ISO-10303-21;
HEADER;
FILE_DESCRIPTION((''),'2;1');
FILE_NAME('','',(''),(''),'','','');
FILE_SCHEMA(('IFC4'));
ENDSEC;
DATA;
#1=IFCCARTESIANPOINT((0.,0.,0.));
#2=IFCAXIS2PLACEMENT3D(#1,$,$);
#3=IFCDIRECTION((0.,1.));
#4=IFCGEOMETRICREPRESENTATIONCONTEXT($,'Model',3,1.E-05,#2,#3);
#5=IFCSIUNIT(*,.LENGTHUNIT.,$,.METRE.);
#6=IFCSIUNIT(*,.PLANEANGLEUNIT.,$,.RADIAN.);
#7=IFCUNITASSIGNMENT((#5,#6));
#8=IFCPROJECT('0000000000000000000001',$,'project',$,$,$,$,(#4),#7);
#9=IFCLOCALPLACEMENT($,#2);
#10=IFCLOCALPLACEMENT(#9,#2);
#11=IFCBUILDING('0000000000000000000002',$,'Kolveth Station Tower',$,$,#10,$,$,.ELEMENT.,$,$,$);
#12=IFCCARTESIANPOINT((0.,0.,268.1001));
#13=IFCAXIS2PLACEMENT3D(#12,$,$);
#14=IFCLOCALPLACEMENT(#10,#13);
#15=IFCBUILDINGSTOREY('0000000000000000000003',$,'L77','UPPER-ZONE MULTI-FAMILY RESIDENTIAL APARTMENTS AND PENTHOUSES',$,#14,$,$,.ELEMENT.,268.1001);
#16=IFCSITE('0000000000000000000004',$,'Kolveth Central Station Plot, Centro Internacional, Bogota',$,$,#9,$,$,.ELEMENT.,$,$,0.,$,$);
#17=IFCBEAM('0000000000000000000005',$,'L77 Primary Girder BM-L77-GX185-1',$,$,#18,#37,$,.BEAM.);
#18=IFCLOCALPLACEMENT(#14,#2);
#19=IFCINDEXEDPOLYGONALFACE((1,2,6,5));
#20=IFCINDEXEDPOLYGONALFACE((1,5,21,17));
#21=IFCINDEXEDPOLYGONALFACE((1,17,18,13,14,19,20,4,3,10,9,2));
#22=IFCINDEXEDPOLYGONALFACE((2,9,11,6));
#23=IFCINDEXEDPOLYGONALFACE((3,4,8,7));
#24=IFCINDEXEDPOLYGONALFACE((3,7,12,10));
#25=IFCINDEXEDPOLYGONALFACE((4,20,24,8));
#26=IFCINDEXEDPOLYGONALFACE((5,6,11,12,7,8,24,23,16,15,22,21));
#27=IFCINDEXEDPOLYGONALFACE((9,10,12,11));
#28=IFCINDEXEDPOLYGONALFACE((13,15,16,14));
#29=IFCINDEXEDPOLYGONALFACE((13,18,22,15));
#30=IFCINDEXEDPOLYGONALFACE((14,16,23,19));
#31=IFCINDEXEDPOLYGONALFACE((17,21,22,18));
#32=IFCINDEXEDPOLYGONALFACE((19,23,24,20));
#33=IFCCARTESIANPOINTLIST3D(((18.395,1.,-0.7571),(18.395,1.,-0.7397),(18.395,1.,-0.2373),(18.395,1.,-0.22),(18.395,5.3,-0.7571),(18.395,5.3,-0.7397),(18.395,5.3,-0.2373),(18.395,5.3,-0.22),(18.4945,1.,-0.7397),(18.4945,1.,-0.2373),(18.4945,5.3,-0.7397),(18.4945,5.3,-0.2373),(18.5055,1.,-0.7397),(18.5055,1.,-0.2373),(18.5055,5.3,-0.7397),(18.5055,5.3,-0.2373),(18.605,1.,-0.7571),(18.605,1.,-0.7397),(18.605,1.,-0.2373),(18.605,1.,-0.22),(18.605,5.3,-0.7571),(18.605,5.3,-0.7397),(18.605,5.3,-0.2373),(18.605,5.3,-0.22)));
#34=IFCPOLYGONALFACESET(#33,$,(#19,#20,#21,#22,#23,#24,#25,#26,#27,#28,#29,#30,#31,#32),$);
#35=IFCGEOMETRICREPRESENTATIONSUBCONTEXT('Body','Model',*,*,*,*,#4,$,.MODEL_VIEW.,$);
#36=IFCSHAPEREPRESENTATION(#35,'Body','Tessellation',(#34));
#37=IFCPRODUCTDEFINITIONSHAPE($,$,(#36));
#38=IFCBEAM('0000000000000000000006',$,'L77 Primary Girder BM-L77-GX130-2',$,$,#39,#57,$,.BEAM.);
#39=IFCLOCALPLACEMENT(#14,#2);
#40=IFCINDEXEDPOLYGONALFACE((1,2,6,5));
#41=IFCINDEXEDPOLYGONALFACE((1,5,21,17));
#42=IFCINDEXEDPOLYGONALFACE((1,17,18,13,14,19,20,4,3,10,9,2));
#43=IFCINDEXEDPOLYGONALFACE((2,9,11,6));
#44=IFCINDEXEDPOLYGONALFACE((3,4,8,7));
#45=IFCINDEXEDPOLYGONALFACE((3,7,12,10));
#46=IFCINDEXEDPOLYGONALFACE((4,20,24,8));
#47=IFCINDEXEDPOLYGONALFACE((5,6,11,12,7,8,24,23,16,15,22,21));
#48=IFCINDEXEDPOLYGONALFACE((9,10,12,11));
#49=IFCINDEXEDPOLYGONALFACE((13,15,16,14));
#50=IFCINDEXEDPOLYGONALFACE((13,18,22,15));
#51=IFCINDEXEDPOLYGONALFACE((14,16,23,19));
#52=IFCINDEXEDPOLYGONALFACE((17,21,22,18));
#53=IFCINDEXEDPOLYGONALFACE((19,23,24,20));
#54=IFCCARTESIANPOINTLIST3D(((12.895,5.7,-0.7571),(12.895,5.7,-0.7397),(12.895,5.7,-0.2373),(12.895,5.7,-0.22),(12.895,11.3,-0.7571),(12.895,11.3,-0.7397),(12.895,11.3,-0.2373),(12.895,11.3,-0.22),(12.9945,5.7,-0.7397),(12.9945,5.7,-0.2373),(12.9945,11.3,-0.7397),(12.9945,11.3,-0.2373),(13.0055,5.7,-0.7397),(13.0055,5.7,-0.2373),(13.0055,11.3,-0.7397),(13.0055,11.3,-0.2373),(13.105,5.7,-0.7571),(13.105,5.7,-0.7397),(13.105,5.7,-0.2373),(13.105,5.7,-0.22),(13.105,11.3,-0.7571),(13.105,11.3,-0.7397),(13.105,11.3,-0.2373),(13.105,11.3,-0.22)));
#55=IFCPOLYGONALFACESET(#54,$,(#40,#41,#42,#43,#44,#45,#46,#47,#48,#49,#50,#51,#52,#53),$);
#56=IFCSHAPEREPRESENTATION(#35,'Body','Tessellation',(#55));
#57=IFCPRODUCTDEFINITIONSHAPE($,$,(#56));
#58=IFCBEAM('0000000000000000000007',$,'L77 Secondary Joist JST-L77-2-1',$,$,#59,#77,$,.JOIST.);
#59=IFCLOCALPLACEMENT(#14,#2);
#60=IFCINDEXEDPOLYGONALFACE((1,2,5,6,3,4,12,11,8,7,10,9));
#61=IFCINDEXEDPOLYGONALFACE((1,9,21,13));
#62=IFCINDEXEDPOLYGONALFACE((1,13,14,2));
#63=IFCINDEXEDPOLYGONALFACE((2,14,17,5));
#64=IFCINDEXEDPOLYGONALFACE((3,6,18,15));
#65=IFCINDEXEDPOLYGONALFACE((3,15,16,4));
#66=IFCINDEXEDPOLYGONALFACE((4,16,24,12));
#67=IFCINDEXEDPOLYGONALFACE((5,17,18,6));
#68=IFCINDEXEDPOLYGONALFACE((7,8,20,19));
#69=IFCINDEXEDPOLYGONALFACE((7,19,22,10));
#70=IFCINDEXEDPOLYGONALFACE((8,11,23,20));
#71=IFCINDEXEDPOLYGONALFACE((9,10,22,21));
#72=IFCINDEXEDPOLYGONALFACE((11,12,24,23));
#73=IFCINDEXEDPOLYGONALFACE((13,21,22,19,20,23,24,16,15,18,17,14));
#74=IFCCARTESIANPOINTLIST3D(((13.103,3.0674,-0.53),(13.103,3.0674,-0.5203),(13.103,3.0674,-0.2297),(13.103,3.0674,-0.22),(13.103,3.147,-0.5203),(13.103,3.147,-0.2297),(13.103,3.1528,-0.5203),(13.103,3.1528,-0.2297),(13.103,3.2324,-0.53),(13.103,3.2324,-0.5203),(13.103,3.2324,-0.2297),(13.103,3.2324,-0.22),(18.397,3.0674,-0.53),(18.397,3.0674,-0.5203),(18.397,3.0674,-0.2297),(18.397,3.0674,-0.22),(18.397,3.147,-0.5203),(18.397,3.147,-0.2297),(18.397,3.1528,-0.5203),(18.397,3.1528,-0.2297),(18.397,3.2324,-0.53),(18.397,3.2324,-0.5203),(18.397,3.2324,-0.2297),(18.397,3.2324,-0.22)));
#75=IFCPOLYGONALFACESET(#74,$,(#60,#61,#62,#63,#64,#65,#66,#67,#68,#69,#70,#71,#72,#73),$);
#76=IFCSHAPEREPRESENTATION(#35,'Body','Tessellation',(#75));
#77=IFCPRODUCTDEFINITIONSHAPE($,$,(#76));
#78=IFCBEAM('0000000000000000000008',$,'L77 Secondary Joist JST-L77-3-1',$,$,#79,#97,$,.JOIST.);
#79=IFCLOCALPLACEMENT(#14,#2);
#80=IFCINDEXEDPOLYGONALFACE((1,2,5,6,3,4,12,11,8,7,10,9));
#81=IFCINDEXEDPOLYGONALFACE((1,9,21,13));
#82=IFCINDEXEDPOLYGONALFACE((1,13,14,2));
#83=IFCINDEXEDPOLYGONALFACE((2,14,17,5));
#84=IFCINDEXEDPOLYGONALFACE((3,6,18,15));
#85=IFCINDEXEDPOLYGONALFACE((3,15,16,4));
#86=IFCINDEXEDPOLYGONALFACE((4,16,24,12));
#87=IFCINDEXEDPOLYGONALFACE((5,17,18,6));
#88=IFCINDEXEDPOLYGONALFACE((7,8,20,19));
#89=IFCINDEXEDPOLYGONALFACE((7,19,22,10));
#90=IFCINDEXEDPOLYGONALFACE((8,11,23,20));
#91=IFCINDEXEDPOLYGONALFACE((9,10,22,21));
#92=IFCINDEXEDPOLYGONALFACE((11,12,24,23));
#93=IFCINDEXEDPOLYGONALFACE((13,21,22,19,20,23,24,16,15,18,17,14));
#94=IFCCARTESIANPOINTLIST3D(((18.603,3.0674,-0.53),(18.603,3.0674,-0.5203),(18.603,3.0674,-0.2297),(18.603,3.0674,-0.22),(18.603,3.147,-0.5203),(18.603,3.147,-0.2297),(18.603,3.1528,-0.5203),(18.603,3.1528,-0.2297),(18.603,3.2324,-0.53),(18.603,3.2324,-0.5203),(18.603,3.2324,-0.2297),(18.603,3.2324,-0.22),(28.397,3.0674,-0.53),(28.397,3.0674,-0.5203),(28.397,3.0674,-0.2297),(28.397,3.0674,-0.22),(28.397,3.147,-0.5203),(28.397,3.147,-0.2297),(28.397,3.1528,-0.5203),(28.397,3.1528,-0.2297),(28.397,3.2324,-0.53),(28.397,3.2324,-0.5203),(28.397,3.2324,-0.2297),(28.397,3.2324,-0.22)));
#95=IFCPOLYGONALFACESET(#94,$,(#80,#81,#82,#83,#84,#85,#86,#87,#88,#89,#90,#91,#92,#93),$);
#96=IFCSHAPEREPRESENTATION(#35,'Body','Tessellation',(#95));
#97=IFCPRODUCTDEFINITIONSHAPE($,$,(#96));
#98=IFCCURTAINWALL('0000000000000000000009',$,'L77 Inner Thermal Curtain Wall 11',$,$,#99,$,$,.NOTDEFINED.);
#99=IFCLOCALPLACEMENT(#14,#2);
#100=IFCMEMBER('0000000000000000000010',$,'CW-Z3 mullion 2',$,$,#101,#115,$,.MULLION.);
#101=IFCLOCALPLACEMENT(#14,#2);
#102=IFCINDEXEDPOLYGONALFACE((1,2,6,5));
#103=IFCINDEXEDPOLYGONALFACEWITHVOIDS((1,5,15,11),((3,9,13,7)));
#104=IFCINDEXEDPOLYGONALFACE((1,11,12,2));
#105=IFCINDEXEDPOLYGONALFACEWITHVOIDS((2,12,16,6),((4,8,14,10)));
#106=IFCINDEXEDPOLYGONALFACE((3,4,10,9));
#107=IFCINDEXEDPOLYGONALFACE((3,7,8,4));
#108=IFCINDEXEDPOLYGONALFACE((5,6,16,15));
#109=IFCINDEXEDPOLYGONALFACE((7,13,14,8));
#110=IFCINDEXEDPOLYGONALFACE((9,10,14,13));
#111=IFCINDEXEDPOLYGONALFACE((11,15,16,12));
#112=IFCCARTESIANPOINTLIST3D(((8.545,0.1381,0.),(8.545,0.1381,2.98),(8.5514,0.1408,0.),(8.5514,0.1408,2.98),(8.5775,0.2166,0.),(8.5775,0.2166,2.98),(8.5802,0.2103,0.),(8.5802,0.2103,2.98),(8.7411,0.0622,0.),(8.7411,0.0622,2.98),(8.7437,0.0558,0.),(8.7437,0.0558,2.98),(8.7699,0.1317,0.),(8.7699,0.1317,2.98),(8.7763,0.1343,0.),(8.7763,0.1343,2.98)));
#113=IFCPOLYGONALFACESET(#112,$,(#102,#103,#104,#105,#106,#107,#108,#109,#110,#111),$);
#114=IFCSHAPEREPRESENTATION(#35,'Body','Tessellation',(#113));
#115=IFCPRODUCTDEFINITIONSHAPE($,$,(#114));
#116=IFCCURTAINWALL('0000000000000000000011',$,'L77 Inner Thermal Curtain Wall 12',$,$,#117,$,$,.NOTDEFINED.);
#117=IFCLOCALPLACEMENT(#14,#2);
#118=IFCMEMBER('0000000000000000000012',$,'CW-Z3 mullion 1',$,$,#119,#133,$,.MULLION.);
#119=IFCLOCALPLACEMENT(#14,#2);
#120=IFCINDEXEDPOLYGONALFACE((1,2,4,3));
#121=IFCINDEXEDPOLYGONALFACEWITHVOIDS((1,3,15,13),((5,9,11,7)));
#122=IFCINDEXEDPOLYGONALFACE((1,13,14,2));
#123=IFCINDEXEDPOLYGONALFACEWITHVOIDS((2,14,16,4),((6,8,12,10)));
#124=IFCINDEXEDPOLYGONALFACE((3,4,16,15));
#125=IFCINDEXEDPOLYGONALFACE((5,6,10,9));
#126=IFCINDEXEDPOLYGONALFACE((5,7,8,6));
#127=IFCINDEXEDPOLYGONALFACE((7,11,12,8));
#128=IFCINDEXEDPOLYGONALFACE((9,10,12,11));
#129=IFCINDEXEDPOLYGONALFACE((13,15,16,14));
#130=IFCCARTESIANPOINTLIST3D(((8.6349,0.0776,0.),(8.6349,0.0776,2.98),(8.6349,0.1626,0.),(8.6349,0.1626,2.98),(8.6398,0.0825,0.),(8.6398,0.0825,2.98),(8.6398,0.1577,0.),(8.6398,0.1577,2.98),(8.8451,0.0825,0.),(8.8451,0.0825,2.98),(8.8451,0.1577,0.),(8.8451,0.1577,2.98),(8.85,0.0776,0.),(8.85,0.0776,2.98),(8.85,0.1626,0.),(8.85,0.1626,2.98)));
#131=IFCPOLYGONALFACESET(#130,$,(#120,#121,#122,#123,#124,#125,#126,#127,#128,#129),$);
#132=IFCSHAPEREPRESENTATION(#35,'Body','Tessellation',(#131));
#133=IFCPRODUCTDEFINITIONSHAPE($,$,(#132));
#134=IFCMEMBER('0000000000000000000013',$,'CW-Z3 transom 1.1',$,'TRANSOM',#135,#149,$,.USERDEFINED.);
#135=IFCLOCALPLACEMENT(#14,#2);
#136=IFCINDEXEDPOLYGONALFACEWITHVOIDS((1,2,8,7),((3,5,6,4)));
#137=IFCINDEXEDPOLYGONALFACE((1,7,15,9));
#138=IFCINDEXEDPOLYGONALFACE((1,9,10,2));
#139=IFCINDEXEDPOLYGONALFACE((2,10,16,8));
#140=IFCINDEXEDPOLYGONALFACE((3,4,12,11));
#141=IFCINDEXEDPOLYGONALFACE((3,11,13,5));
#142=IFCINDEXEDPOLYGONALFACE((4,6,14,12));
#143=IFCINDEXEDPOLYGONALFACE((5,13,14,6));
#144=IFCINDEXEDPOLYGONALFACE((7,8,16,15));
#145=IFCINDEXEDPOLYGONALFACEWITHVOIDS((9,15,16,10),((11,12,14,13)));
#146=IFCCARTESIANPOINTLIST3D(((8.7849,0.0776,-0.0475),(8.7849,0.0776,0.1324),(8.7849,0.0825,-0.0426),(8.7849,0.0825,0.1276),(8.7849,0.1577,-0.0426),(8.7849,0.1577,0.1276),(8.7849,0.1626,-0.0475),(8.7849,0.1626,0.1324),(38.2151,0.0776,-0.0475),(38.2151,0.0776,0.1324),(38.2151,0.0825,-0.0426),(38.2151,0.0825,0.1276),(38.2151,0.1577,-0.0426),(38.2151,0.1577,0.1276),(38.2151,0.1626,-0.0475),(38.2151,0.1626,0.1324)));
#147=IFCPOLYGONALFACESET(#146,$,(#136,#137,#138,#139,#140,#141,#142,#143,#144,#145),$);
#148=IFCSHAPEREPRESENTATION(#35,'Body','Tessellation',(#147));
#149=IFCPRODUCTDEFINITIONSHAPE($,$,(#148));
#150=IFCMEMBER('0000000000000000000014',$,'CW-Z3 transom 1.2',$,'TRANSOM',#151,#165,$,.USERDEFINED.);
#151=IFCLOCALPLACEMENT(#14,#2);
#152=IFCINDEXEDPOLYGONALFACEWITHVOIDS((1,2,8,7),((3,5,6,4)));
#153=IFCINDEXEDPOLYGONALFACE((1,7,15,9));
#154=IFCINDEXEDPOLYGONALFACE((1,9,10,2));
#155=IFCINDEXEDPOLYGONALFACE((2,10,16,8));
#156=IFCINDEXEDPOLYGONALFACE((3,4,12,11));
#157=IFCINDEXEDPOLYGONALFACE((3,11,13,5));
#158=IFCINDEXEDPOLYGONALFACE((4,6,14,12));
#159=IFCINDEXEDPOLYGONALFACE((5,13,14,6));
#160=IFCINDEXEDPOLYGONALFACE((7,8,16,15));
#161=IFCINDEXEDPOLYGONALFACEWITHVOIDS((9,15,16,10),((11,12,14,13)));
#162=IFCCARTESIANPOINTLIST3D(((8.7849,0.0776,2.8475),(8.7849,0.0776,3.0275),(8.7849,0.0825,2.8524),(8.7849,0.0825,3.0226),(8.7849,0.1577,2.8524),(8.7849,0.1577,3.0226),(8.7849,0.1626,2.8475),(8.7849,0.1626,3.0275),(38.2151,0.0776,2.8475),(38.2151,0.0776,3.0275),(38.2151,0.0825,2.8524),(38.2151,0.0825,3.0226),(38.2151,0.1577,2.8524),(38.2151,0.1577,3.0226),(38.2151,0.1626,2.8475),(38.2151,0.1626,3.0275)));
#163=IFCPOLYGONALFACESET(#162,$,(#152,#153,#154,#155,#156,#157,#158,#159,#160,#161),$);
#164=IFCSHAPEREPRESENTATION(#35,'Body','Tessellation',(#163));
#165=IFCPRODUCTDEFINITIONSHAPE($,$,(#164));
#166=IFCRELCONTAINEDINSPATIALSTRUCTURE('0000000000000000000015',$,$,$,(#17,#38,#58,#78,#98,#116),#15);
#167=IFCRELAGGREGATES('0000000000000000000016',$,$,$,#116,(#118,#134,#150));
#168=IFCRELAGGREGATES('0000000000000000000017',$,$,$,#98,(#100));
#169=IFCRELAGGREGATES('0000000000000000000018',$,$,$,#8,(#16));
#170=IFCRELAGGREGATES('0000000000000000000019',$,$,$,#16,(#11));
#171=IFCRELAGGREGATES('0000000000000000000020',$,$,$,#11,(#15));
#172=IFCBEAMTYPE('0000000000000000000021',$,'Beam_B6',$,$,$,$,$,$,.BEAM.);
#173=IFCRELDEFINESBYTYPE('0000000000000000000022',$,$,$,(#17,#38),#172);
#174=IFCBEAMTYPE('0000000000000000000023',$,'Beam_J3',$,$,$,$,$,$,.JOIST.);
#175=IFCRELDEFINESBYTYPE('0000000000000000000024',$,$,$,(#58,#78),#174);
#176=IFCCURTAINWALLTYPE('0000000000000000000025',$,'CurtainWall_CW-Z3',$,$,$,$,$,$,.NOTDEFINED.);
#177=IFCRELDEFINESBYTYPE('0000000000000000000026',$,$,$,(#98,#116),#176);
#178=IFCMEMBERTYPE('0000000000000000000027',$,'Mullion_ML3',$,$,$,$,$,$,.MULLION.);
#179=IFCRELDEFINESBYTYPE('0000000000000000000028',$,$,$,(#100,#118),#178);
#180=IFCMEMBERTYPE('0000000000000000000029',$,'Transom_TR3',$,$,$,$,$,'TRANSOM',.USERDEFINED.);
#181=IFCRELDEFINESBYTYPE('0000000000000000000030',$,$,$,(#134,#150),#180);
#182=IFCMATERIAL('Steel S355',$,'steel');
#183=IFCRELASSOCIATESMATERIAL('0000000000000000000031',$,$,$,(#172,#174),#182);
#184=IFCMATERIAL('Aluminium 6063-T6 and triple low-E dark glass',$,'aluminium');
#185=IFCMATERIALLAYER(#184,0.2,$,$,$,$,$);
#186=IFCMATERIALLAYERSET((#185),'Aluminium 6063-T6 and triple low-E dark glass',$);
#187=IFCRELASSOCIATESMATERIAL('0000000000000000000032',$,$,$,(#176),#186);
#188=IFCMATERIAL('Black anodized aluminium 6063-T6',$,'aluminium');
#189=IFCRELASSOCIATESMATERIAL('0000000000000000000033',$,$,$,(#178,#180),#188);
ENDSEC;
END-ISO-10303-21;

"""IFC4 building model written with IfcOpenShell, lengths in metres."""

from ifc_helpers import new_model, si_unit, direction, frame, origin, origin_2d, place, context, subcontext, project, spatial, hollow_rectangle, i_section, extrude, source, transform, mapped, material, layer, layer_set, material_profile, profile_set, type_object, element, aggregate, save


model = new_model("IFC4")

# Units and contexts
model_context = context("Model", 3, precision=1e-05, world=origin(), true_north=direction((0.0, 1.0)))
body_context = subcontext(model_context, "Body", "Model", "MODEL_VIEW")
ifc_project = project(units=[si_unit("LENGTHUNIT", "METRE"), si_unit("PLANEANGLEUNIT", "RADIAN")], contexts=[model_context])

# Site, building, storey
site_placement = place(None, origin())
site = spatial("IfcSite", under=ifc_project, at=site_placement, Name="Kolveth Central Station Plot, Centro Internacional, Bogota", CompositionType="ELEMENT", RefElevation=0.0)
building_placement = place(site_placement, origin())
building = spatial("IfcBuilding", under=site, at=building_placement, Name="Kolveth Station Tower", CompositionType="ELEMENT")
storey_placement = place(building_placement, frame((0.0, 0.0, 268.1001)))
storey = spatial("IfcBuildingStorey", under=building, at=storey_placement, Name="L77", Description="UPPER-ZONE MULTI-FAMILY RESIDENTIAL APARTMENTS AND PENTHOUSES", CompositionType="ELEMENT", Elevation=268.1001)

# Shared definitions
ifc_material_1 = material(Name="Steel S355", Category="steel")

# Beams
ifc_material_profile_1 = material_profile(ifc_material_1, i_section(OverallWidth=0.21, OverallDepth=0.5371, WebThickness=0.011, FlangeThickness=0.0173, at=origin_2d()), Name="W530x101")
ifc_profile_set_1 = profile_set([ifc_material_profile_1], Name="Steel S355")
beam_type_1 = type_object("IfcBeamType", Name="Beam_B6", PredefinedType="BEAM", material=ifc_profile_set_1)
shared_shape_1 = source(origin(), body_context, "Body", "SweptSolid", [
    extrude(i_section(OverallWidth=0.21, OverallDepth=0.5371, WebThickness=0.011, FlangeThickness=0.0173, at=origin_2d()), origin(), (0.0, 0.0, 1.0), 4.3),
])
for number, where, z_axis, x_axis, name in (
    (1, (18.5, 1.0, -0.4885), (0.0, 1.0, 0.0), (-1.0, 0.0, 0.0), "L77 Primary Girder BM-L77-GX185-1"),
):
    element("IfcBeam", number, at=place(storey_placement, frame(where, z_axis=z_axis, x_axis=x_axis)), inside=storey, type_object=beam_type_1, Name=name, PredefinedType="BEAM", context=body_context, shape_type="MappedRepresentation", body=[
        mapped(shared_shape_1, transform((0.0, 0.0, 0.0), x_axis=(1.0, 0.0, 0.0), y_axis=(0.0, 1.0, 0.0), z_axis=(0.0, 0.0, 1.0), scale=1.0)),
    ])
shared_shape_2 = source(origin(), body_context, "Body", "SweptSolid", [
    extrude(i_section(OverallWidth=0.21, OverallDepth=0.5371, WebThickness=0.011, FlangeThickness=0.0173, at=origin_2d()), origin(), (0.0, 0.0, 1.0), 5.6001),
])
beam_1_placement = place(storey_placement, frame((13.0, 5.7, -0.4885), z_axis=(0.0, 1.0, 0.0), x_axis=(-1.0, 0.0, 0.0)))
element("IfcBeam", 2, at=beam_1_placement, inside=storey, type_object=beam_type_1, Name="L77 Primary Girder BM-L77-GX130-2", PredefinedType="BEAM", context=body_context, shape_type="MappedRepresentation", body=[
    mapped(shared_shape_2, transform((0.0, 0.0, 0.0), x_axis=(1.0, 0.0, 0.0), y_axis=(0.0, 1.0, 0.0), z_axis=(0.0, 0.0, 1.0), scale=1.0)),
])
ifc_material_profile_2 = material_profile(ifc_material_1, i_section(OverallWidth=0.165, OverallDepth=0.3101, WebThickness=0.0059, FlangeThickness=0.0098, at=origin_2d()), Name="W310x39")
ifc_profile_set_2 = profile_set([ifc_material_profile_2], Name="Steel S355")
beam_type_2 = type_object("IfcBeamType", Name="Beam_J3", PredefinedType="JOIST", material=ifc_profile_set_2)
shared_shape_3 = source(origin(), body_context, "Body", "SweptSolid", [
    extrude(i_section(OverallWidth=0.165, OverallDepth=0.3101, WebThickness=0.0059, FlangeThickness=0.0098, at=origin_2d()), origin(), (0.0, 0.0, 1.0), 5.2939),
])
beam_2_placement = place(storey_placement, frame((13.103, 3.1499, -0.375), z_axis=(1.0, 0.0, 0.0), x_axis=(0.0, 1.0, 0.0)))
element("IfcBeam", 3, at=beam_2_placement, inside=storey, type_object=beam_type_2, Name="L77 Secondary Joist JST-L77-2-1", PredefinedType="JOIST", context=body_context, shape_type="MappedRepresentation", body=[
    mapped(shared_shape_3, transform((0.0, 0.0, 0.0), x_axis=(1.0, 0.0, 0.0), y_axis=(0.0, 1.0, 0.0), z_axis=(0.0, 0.0, 1.0), scale=1.0)),
])
shared_shape_4 = source(origin(), body_context, "Body", "SweptSolid", [
    extrude(i_section(OverallWidth=0.165, OverallDepth=0.3101, WebThickness=0.0059, FlangeThickness=0.0098, at=origin_2d()), origin(), (0.0, 0.0, 1.0), 9.7939),
])
beam_3_placement = place(storey_placement, frame((18.603, 3.1499, -0.375), z_axis=(1.0, 0.0, 0.0), x_axis=(0.0, 1.0, 0.0)))
element("IfcBeam", 4, at=beam_3_placement, inside=storey, type_object=beam_type_2, Name="L77 Secondary Joist JST-L77-3-1", PredefinedType="JOIST", context=body_context, shape_type="MappedRepresentation", body=[
    mapped(shared_shape_4, transform((0.0, 0.0, 0.0), x_axis=(1.0, 0.0, 0.0), y_axis=(0.0, 1.0, 0.0), z_axis=(0.0, 0.0, 1.0), scale=1.0)),
])

# Curtain wall, member
ifc_material_2 = material(Name="Aluminium 6063-T6 and triple low-E dark glass", Category="aluminium")
ifc_layer_1 = layer(ifc_material_2, 0.2)
ifc_layer_set_1 = layer_set([ifc_layer_1], Name="Aluminium 6063-T6 and triple low-E dark glass")
curtain_wall_type_1 = type_object("IfcCurtainWallType", Name="CurtainWall_CW-Z3", PredefinedType="NOTDEFINED", material=ifc_layer_set_1)
curtain_wall_1_placement = place(storey_placement, origin())
curtain_wall_1 = element("IfcCurtainWall", 5, at=curtain_wall_1_placement, inside=storey, type_object=curtain_wall_type_1, Name="L77 Inner Thermal Curtain Wall 11", PredefinedType="NOTDEFINED")
ifc_material_3 = material(Name="Black anodized aluminium 6063-T6", Category="aluminium")
ifc_material_profile_3 = material_profile(ifc_material_3, hollow_rectangle(XDim=0.085, YDim=0.2151, WallThickness=0.0049, at=origin_2d()), Name="ALU-85x215x5")
ifc_profile_set_3 = profile_set([ifc_material_profile_3], Name="Black anodized aluminium 6063-T6")
member_type_1 = type_object("IfcMemberType", Name="Mullion_ML3", PredefinedType="MULLION", material=ifc_profile_set_3)
shared_shape_5 = source(origin(), body_context, "Body", "SweptSolid", [
    extrude(hollow_rectangle(XDim=0.085, YDim=0.2151, WallThickness=0.0049, at=origin_2d()), origin(), (0.0, 0.0, 1.0), 2.98),
])
member_1_placement = place(storey_placement, frame((8.6606, 0.1362, 0.0), z_axis=(0.0, 0.0, 1.0), x_axis=(0.382693, 0.923875, 0.0)))
member_1 = element("IfcMember", 6, at=member_1_placement, type_object=member_type_1, Name="CW-Z3 mullion 2", PredefinedType="MULLION", context=body_context, shape_type="MappedRepresentation", body=[
    mapped(shared_shape_5, transform((0.0, 0.0, 0.0), x_axis=(1.0, 0.0, 0.0), y_axis=(0.0, 1.0, 0.0), z_axis=(0.0, 0.0, 1.0), scale=1.0)),
])

# Curtain wall, members
curtain_wall_2_placement = place(storey_placement, origin())
curtain_wall_2 = element("IfcCurtainWall", 7, at=curtain_wall_2_placement, inside=storey, type_object=curtain_wall_type_1, Name="L77 Inner Thermal Curtain Wall 12", PredefinedType="NOTDEFINED")
member_2_placement = place(storey_placement, frame((8.7424, 0.1201, 0.0), z_axis=(0.0, 0.0, 1.0), x_axis=(0.0, 1.0, 0.0)))
member_2 = element("IfcMember", 8, at=member_2_placement, type_object=member_type_1, Name="CW-Z3 mullion 1", PredefinedType="MULLION", context=body_context, shape_type="MappedRepresentation", body=[
    mapped(shared_shape_5, transform((0.0, 0.0, 0.0), x_axis=(1.0, 0.0, 0.0), y_axis=(0.0, 1.0, 0.0), z_axis=(0.0, 0.0, 1.0), scale=1.0)),
])
ifc_material_profile_4 = material_profile(ifc_material_3, hollow_rectangle(XDim=0.085, YDim=0.1799, WallThickness=0.0049, at=origin_2d()), Name="ALU-85x180x5")
ifc_profile_set_4 = profile_set([ifc_material_profile_4], Name="Black anodized aluminium 6063-T6")
member_type_2 = type_object("IfcMemberType", Name="Transom_TR3", ElementType="TRANSOM", PredefinedType="USERDEFINED", material=ifc_profile_set_4)
shared_shape_6 = source(origin(), body_context, "Body", "SweptSolid", [
    extrude(hollow_rectangle(XDim=0.085, YDim=0.1799, WallThickness=0.0049, at=origin_2d()), origin(), (0.0, 0.0, 1.0), 29.4302),
])
member_3_placement = place(storey_placement, frame((8.7849, 0.1201, 0.0425), z_axis=(1.0, 0.0, 0.0), x_axis=(0.0, 1.0, 0.0)))
member_3 = element("IfcMember", 9, at=member_3_placement, type_object=member_type_2, Name="CW-Z3 transom 1.1", ObjectType="TRANSOM", PredefinedType="USERDEFINED", context=body_context, shape_type="MappedRepresentation", body=[
    mapped(shared_shape_6, transform((0.0, 0.0, 0.0), x_axis=(1.0, 0.0, 0.0), y_axis=(0.0, 1.0, 0.0), z_axis=(0.0, 0.0, 1.0), scale=1.0)),
])
member_4_placement = place(storey_placement, frame((8.7849, 0.1201, 2.9375), z_axis=(1.0, 0.0, 0.0), x_axis=(0.0, 1.0, 0.0)))
member_4 = element("IfcMember", 10, at=member_4_placement, type_object=member_type_2, Name="CW-Z3 transom 1.2", ObjectType="TRANSOM", PredefinedType="USERDEFINED", context=body_context, shape_type="MappedRepresentation", body=[
    mapped(shared_shape_6, transform((0.0, 0.0, 0.0), x_axis=(1.0, 0.0, 0.0), y_axis=(0.0, 1.0, 0.0), z_axis=(0.0, 0.0, 1.0), scale=1.0)),
])
aggregate(curtain_wall_2, [member_2, member_3, member_4])

aggregate(curtain_wall_1, [member_1])

save(model, "model.ifc")
